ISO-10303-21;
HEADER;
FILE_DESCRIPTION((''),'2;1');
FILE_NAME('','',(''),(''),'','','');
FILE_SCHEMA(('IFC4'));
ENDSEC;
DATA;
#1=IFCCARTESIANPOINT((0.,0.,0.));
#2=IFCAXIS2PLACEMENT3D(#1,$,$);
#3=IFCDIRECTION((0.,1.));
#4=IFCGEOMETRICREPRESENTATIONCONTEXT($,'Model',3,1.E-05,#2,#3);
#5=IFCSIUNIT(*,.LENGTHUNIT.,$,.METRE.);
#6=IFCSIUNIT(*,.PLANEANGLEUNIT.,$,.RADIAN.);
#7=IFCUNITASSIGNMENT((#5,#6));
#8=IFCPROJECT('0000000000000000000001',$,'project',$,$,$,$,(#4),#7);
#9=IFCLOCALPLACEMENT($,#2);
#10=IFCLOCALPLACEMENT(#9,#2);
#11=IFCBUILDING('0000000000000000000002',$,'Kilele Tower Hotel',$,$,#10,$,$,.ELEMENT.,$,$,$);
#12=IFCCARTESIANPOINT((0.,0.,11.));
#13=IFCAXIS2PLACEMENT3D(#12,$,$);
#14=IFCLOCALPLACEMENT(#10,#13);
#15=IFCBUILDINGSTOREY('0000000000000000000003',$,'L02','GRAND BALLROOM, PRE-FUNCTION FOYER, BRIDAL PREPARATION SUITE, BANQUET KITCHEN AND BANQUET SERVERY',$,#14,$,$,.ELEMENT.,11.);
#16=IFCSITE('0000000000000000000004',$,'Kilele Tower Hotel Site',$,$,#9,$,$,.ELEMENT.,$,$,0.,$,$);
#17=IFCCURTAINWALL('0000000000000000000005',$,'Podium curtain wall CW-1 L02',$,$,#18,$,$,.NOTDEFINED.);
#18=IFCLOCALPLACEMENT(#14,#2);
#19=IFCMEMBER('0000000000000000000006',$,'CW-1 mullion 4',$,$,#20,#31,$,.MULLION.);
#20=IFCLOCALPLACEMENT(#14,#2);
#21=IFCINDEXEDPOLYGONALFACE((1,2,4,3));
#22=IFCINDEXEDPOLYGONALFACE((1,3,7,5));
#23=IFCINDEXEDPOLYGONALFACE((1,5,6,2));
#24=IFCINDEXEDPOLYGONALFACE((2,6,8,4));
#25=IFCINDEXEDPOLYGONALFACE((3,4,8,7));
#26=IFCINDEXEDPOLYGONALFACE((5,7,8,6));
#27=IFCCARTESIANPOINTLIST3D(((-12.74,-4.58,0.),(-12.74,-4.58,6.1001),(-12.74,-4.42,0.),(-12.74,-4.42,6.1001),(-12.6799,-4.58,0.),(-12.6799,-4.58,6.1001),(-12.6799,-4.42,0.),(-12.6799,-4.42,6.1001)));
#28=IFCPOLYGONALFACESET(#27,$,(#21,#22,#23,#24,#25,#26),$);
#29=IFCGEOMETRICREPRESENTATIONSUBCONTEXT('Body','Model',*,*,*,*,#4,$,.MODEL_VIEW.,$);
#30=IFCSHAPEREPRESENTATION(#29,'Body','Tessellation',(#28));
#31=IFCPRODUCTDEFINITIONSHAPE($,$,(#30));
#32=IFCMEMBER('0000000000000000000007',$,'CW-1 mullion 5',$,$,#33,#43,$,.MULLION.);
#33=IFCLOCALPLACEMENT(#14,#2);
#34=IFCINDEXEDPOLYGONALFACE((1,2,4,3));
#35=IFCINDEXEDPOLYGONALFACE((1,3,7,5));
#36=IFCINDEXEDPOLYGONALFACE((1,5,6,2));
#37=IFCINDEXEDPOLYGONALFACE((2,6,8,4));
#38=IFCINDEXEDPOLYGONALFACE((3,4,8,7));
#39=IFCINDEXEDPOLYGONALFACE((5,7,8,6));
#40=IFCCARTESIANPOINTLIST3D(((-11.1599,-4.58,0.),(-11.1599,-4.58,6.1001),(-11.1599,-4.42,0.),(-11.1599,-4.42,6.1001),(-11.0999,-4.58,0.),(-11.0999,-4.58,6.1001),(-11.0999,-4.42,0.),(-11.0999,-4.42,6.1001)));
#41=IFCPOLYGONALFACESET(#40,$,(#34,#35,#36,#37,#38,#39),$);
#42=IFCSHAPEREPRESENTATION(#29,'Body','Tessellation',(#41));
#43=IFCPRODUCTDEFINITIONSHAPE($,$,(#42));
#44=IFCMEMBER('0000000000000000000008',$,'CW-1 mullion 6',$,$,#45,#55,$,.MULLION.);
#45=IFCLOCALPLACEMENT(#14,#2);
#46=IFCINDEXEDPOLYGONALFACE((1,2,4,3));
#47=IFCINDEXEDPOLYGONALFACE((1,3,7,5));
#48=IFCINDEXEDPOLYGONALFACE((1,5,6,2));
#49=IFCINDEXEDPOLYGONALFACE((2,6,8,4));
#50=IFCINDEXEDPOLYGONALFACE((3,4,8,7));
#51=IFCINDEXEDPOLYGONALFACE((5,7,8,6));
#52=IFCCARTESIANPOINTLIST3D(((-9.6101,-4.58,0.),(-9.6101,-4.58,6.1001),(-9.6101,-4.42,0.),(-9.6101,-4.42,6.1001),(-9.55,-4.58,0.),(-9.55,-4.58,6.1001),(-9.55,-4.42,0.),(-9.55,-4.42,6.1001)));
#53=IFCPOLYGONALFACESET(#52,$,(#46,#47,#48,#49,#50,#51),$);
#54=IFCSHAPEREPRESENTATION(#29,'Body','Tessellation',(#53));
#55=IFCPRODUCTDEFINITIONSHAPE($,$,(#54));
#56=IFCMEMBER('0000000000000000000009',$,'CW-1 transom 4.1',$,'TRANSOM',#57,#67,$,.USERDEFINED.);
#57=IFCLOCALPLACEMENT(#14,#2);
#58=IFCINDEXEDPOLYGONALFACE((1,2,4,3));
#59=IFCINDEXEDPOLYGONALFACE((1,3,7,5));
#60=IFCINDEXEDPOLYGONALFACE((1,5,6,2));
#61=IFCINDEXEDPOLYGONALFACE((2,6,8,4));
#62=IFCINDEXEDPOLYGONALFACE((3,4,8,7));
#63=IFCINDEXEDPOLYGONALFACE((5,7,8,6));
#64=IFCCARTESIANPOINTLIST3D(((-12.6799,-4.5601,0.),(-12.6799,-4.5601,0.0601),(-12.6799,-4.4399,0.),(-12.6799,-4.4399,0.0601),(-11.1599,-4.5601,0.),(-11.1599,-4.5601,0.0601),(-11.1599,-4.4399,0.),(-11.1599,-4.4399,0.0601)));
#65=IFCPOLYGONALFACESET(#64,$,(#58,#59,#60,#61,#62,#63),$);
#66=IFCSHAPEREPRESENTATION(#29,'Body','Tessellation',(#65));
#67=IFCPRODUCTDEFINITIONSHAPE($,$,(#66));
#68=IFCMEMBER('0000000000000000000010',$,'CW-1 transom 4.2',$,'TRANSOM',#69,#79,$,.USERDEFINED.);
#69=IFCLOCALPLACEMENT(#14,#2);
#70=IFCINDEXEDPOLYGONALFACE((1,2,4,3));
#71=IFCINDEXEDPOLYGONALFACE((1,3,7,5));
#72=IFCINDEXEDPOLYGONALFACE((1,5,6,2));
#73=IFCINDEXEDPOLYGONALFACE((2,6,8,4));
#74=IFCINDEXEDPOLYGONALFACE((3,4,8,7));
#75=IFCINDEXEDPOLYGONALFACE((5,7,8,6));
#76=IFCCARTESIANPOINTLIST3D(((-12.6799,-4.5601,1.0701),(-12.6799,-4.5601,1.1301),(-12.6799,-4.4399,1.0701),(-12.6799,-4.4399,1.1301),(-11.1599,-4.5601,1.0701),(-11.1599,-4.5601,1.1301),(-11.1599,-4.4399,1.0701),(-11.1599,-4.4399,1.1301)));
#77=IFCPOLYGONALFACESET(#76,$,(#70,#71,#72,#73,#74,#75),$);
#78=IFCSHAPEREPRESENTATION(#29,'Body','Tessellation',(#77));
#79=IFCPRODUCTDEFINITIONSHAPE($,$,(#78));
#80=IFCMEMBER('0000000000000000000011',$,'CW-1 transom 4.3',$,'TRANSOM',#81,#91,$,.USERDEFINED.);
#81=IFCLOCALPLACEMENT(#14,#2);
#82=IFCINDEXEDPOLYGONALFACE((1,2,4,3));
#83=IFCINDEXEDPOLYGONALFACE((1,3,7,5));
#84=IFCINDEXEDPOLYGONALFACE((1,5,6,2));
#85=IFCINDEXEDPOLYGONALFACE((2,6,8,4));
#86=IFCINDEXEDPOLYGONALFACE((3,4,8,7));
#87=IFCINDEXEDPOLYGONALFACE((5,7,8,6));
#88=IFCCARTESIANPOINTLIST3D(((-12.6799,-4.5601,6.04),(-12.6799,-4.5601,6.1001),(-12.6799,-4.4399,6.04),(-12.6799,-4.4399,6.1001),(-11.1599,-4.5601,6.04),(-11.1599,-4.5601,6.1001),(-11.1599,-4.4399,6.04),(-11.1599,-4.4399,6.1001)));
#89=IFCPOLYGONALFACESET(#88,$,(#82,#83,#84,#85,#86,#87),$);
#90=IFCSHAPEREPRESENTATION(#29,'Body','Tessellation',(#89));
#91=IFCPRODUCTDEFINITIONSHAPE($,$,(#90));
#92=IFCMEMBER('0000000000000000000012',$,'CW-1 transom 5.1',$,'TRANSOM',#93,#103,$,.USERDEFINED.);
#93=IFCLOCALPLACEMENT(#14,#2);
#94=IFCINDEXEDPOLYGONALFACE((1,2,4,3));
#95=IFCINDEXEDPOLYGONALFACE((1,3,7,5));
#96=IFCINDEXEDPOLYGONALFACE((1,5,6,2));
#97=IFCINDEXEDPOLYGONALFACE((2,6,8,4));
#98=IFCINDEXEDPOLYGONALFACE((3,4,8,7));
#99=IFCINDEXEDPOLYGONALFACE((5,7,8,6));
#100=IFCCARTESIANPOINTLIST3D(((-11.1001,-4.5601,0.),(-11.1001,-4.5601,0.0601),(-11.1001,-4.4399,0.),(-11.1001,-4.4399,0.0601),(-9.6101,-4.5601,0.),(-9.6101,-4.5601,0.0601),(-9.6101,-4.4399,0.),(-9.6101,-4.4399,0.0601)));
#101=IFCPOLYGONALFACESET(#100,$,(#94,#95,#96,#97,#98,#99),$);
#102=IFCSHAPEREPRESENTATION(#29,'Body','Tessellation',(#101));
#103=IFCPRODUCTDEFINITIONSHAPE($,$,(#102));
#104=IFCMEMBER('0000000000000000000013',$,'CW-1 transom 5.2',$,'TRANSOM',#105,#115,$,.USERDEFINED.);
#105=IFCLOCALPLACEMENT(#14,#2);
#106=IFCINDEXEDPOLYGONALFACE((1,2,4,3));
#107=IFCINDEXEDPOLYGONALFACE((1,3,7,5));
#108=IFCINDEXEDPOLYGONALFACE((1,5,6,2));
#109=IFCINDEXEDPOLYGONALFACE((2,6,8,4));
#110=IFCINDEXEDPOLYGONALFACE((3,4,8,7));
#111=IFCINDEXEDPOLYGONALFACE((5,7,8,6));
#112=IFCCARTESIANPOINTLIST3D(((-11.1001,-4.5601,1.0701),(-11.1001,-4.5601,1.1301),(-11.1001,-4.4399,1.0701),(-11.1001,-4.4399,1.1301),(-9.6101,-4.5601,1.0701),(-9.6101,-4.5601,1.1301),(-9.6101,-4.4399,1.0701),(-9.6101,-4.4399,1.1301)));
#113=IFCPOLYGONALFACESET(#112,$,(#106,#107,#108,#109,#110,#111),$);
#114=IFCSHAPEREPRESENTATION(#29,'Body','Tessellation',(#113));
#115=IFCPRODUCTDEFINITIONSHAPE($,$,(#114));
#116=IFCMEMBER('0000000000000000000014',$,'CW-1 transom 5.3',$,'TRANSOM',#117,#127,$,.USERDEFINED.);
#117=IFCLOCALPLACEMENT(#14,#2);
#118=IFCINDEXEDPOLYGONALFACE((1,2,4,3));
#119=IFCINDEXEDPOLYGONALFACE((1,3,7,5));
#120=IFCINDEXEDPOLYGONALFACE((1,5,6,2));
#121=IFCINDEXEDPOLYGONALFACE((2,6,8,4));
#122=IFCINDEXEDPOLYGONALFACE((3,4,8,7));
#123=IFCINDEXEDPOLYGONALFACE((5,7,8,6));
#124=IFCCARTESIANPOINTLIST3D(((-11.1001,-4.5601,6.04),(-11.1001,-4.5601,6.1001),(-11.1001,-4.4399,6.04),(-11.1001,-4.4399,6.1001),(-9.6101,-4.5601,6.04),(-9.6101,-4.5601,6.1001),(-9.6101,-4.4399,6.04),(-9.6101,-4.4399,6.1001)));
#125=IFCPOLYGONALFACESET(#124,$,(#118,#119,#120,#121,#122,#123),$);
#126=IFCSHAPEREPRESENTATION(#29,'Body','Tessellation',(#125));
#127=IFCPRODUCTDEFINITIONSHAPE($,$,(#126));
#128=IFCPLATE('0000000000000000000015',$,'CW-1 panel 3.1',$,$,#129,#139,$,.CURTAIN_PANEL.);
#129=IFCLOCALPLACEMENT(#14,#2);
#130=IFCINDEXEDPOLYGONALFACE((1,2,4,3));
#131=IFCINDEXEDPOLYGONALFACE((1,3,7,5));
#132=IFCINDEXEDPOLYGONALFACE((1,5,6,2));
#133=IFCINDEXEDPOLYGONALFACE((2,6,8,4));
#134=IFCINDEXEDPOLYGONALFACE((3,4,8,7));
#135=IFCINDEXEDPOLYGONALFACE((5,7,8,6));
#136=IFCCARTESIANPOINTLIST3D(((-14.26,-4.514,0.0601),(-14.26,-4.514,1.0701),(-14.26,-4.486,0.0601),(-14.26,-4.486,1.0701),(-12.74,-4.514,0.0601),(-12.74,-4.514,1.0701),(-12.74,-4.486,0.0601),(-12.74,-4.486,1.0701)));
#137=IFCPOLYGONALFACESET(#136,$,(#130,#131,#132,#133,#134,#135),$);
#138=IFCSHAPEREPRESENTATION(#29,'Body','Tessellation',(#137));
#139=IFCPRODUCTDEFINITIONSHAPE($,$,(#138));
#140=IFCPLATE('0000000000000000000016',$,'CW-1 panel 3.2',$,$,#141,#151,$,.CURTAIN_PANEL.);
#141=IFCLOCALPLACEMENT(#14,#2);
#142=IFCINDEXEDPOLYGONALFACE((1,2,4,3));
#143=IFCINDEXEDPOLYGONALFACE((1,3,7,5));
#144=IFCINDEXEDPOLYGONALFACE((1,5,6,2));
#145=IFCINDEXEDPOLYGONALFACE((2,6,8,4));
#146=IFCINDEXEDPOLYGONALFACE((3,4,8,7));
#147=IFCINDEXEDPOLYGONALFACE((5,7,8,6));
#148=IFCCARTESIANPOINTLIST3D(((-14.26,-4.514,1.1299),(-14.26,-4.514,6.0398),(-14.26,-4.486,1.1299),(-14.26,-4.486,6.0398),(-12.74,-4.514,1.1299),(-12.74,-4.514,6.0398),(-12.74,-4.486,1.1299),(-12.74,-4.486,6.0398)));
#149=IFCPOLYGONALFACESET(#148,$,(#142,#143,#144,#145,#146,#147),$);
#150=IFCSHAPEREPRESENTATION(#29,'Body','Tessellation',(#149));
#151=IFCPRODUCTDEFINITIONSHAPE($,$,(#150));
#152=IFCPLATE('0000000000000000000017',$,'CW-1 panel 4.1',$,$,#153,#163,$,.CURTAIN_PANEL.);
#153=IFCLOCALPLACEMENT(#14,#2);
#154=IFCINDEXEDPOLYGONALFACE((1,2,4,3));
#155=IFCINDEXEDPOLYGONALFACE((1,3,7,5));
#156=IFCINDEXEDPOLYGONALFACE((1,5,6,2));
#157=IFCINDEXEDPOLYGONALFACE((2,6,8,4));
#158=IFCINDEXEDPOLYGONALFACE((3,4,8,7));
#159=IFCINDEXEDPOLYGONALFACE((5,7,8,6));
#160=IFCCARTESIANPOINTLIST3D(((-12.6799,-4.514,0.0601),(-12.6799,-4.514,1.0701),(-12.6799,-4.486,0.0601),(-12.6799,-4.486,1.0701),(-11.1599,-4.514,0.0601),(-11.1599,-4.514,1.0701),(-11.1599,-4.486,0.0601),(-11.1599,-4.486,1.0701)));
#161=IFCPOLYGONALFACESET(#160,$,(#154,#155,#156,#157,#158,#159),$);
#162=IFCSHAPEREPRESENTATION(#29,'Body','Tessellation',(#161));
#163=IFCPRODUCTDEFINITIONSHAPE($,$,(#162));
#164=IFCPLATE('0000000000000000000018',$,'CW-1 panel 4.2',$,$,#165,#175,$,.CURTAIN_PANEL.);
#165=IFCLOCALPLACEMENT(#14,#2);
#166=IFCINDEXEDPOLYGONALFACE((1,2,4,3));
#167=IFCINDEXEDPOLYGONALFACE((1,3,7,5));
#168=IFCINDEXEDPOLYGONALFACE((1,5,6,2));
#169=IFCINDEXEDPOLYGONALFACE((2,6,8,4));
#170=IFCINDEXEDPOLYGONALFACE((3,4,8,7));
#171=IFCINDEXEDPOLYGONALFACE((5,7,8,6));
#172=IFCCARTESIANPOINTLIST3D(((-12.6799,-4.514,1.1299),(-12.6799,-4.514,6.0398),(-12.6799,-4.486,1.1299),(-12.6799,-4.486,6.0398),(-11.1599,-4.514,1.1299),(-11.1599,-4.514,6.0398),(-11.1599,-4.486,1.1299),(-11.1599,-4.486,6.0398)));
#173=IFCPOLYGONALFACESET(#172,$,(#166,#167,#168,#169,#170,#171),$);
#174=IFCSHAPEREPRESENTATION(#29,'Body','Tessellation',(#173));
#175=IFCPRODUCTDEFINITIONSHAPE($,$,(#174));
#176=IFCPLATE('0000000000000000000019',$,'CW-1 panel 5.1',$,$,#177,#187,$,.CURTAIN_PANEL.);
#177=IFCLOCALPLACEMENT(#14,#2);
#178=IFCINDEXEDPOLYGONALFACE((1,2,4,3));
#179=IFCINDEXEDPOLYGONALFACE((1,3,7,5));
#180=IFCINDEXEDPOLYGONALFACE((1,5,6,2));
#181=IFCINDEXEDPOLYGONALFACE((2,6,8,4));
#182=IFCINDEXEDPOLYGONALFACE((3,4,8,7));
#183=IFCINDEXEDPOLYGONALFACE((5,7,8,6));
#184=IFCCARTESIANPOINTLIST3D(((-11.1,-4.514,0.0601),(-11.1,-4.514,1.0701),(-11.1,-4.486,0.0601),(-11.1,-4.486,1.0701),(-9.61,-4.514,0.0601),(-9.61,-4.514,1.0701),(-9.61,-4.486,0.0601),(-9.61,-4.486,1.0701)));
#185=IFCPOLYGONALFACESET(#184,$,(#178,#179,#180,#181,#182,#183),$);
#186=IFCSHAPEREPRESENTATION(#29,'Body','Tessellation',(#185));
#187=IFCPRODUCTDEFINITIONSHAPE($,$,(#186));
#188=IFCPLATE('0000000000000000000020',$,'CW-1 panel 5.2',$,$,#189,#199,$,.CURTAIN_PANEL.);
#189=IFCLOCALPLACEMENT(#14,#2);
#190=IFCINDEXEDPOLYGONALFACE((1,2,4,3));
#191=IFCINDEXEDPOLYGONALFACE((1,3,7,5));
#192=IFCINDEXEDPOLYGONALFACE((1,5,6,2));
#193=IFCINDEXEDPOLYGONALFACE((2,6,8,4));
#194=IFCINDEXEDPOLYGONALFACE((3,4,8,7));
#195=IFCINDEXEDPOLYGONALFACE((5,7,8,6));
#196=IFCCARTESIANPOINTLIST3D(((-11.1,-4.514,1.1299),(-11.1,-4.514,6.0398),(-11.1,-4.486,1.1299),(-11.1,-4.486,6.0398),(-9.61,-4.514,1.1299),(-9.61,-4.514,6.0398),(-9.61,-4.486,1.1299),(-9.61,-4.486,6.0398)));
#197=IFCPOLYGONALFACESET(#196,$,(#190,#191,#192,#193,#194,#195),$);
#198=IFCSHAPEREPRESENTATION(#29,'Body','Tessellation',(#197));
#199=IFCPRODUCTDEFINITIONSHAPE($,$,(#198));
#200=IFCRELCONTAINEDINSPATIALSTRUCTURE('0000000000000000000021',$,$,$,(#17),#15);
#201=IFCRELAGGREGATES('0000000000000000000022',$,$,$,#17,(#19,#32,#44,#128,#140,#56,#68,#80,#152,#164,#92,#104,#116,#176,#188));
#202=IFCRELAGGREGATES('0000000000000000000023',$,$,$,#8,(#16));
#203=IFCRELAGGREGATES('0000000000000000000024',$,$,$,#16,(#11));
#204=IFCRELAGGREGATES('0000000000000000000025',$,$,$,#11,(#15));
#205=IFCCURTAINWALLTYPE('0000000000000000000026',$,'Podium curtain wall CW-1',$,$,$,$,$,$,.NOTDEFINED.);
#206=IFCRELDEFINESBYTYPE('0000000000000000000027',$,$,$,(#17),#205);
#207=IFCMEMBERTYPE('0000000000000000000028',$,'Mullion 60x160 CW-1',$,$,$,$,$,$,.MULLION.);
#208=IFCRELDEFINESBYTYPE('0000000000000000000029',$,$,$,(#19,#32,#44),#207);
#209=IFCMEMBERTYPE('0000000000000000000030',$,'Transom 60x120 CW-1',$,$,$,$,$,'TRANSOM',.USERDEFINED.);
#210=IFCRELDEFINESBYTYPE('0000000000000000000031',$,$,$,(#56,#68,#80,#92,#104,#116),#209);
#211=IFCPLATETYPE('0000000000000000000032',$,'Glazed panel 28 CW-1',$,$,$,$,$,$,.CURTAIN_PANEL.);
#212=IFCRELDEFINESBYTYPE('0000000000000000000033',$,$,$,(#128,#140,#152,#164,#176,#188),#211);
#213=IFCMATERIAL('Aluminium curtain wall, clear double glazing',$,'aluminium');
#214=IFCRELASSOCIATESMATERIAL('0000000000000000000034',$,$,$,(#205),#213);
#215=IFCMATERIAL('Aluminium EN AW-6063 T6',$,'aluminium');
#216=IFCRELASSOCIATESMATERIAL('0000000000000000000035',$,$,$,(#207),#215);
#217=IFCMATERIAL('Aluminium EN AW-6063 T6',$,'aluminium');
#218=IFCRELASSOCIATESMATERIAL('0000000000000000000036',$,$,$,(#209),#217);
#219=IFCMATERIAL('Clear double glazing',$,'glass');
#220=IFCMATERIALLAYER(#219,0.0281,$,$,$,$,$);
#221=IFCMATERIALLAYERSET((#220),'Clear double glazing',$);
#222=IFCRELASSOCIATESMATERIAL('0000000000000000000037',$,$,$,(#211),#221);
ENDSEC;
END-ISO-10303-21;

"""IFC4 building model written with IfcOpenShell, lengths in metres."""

from ifc_helpers import new_model, si_unit, direction, frame, origin, origin_2d, place, context, subcontext, project, spatial, rectangle, extrude, material, layer, layer_set, material_profile, profile_set, type_object, element, aggregate, save


model = new_model("IFC4")

# Units and contexts
model_context = context("Model", 3, precision=1e-05, world=origin(), true_north=direction((0.0, 1.0)))
body_context = subcontext(model_context, "Body", "Model", "MODEL_VIEW")
ifc_project = project(units=[si_unit("LENGTHUNIT", "METRE"), si_unit("PLANEANGLEUNIT", "RADIAN")], contexts=[model_context])

# Site, building, storey
site_placement = place(None, origin())
site = spatial("IfcSite", under=ifc_project, at=site_placement, Name="Kilele Tower Hotel Site", CompositionType="ELEMENT", RefElevation=0.0)
building_placement = place(site_placement, origin())
building = spatial("IfcBuilding", under=site, at=building_placement, Name="Kilele Tower Hotel", CompositionType="ELEMENT")
storey_placement = place(building_placement, frame((0.0, 0.0, 11.0)))
storey = spatial("IfcBuildingStorey", under=building, at=storey_placement, Name="L02", Description="GRAND BALLROOM, PRE-FUNCTION FOYER, BRIDAL PREPARATION SUITE, BANQUET KITCHEN AND BANQUET SERVERY", CompositionType="ELEMENT", Elevation=11.0)

# Curtain wall, members, plates
ifc_material_1 = material(Name="Aluminium curtain wall, clear double glazing", Category="aluminium")
curtain_wall_type = type_object("IfcCurtainWallType", Name="Podium curtain wall CW-1", PredefinedType="NOTDEFINED", material=ifc_material_1)
curtain_wall_placement = place(storey_placement, origin())
curtain_wall = element("IfcCurtainWall", 1, at=curtain_wall_placement, inside=storey, type_object=curtain_wall_type, Name="Podium curtain wall CW-1 L02", PredefinedType="NOTDEFINED")
ifc_material_2 = material(Name="Aluminium EN AW-6063 T6", Category="aluminium")
ifc_material_profile_1 = material_profile(ifc_material_2, rectangle(XDim=0.1599, YDim=0.0601, at=origin_2d()))
ifc_profile_set_1 = profile_set([ifc_material_profile_1], Name="Aluminium EN AW-6063 T6")
member_type_1 = type_object("IfcMemberType", Name="Mullion 60x160 CW-1", PredefinedType="MULLION", material=ifc_profile_set_1)
member_1_placement = place(storey_placement, frame((-12.71, -4.5, 0.0), z_axis=(0.0, 0.0, 1.0), x_axis=(0.0, 1.0, 0.0)))
member_1 = element("IfcMember", 2, at=member_1_placement, type_object=member_type_1, Name="CW-1 mullion 4", PredefinedType="MULLION", context=body_context, shape_type="SweptSolid", body=[
    extrude(rectangle(XDim=0.1599, YDim=0.0601, at=origin_2d()), origin(), (0.0, 0.0, 1.0), 6.1001),
])
member_2_placement = place(storey_placement, frame((-11.1299, -4.5, 0.0), z_axis=(0.0, 0.0, 1.0), x_axis=(0.0, 1.0, 0.0)))
member_2 = element("IfcMember", 3, at=member_2_placement, type_object=member_type_1, Name="CW-1 mullion 5", PredefinedType="MULLION", context=body_context, shape_type="SweptSolid", body=[
    extrude(rectangle(XDim=0.1599, YDim=0.0601, at=origin_2d()), origin(), (0.0, 0.0, 1.0), 6.1001),
])
member_3_placement = place(storey_placement, frame((-9.5801, -4.5, 0.0), z_axis=(0.0, 0.0, 1.0), x_axis=(0.0, 1.0, 0.0)))
member_3 = element("IfcMember", 4, at=member_3_placement, type_object=member_type_1, Name="CW-1 mullion 6", PredefinedType="MULLION", context=body_context, shape_type="SweptSolid", body=[
    extrude(rectangle(XDim=0.1599, YDim=0.0601, at=origin_2d()), origin(), (0.0, 0.0, 1.0), 6.1001),
])
ifc_material_3 = material(Name="Aluminium EN AW-6063 T6", Category="aluminium")
ifc_material_profile_2 = material_profile(ifc_material_3, rectangle(XDim=0.1201, YDim=0.0601, at=origin_2d()))
ifc_profile_set_2 = profile_set([ifc_material_profile_2], Name="Aluminium EN AW-6063 T6")
member_type_2 = type_object("IfcMemberType", Name="Transom 60x120 CW-1", ElementType="TRANSOM", PredefinedType="USERDEFINED", material=ifc_profile_set_2)
member_4_placement = place(storey_placement, frame((-12.6799, -4.5, 0.03), z_axis=(1.0, 0.0, 0.0), x_axis=(0.0, 1.0, 0.0)))
member_4 = element("IfcMember", 5, at=member_4_placement, type_object=member_type_2, Name="CW-1 transom 4.1", ObjectType="TRANSOM", PredefinedType="USERDEFINED", context=body_context, shape_type="SweptSolid", body=[
    extrude(rectangle(XDim=0.1201, YDim=0.0601, at=origin_2d()), origin(), (0.0, 0.0, 1.0), 1.52),
])
member_5_placement = place(storey_placement, frame((-12.6799, -4.5, 1.1001), z_axis=(1.0, 0.0, 0.0), x_axis=(0.0, 1.0, 0.0)))
member_5 = element("IfcMember", 6, at=member_5_placement, type_object=member_type_2, Name="CW-1 transom 4.2", ObjectType="TRANSOM", PredefinedType="USERDEFINED", context=body_context, shape_type="SweptSolid", body=[
    extrude(rectangle(XDim=0.1201, YDim=0.0601, at=origin_2d()), origin(), (0.0, 0.0, 1.0), 1.52),
])
member_6_placement = place(storey_placement, frame((-12.6799, -4.5, 6.0701), z_axis=(1.0, 0.0, 0.0), x_axis=(0.0, 1.0, 0.0)))
member_6 = element("IfcMember", 7, at=member_6_placement, type_object=member_type_2, Name="CW-1 transom 4.3", ObjectType="TRANSOM", PredefinedType="USERDEFINED", context=body_context, shape_type="SweptSolid", body=[
    extrude(rectangle(XDim=0.1201, YDim=0.0601, at=origin_2d()), origin(), (0.0, 0.0, 1.0), 1.52),
])
member_7_placement = place(storey_placement, frame((-11.1001, -4.5, 0.03), z_axis=(1.0, 0.0, 0.0), x_axis=(0.0, 1.0, 0.0)))
member_7 = element("IfcMember", 8, at=member_7_placement, type_object=member_type_2, Name="CW-1 transom 5.1", ObjectType="TRANSOM", PredefinedType="USERDEFINED", context=body_context, shape_type="SweptSolid", body=[
    extrude(rectangle(XDim=0.1201, YDim=0.0601, at=origin_2d()), origin(), (0.0, 0.0, 1.0), 1.49),
])
member_8_placement = place(storey_placement, frame((-11.1001, -4.5, 1.1001), z_axis=(1.0, 0.0, 0.0), x_axis=(0.0, 1.0, 0.0)))
member_8 = element("IfcMember", 9, at=member_8_placement, type_object=member_type_2, Name="CW-1 transom 5.2", ObjectType="TRANSOM", PredefinedType="USERDEFINED", context=body_context, shape_type="SweptSolid", body=[
    extrude(rectangle(XDim=0.1201, YDim=0.0601, at=origin_2d()), origin(), (0.0, 0.0, 1.0), 1.49),
])
member_9_placement = place(storey_placement, frame((-11.1001, -4.5, 6.0701), z_axis=(1.0, 0.0, 0.0), x_axis=(0.0, 1.0, 0.0)))
member_9 = element("IfcMember", 10, at=member_9_placement, type_object=member_type_2, Name="CW-1 transom 5.3", ObjectType="TRANSOM", PredefinedType="USERDEFINED", context=body_context, shape_type="SweptSolid", body=[
    extrude(rectangle(XDim=0.1201, YDim=0.0601, at=origin_2d()), origin(), (0.0, 0.0, 1.0), 1.49),
])
ifc_material_4 = material(Name="Clear double glazing", Category="glass")
ifc_layer = layer(ifc_material_4, 0.0281)
ifc_layer_set = layer_set([ifc_layer], Name="Clear double glazing")
plate_type = type_object("IfcPlateType", Name="Glazed panel 28 CW-1", PredefinedType="CURTAIN_PANEL", material=ifc_layer_set)
plate_1_placement = place(storey_placement, frame((-13.5, -4.5, 0.0601), z_axis=(0.0, 0.0, 1.0), x_axis=(1.0, 0.0, 0.0)))
plate_1 = element("IfcPlate", 11, at=plate_1_placement, type_object=plate_type, Name="CW-1 panel 3.1", PredefinedType="CURTAIN_PANEL", context=body_context, shape_type="SweptSolid", body=[
    extrude(rectangle(XDim=1.52, YDim=0.0281, at=origin_2d()), origin(), (0.0, 0.0, 1.0), 1.01),
])
plate_2_placement = place(storey_placement, frame((-13.5, -4.5, 1.1299), z_axis=(0.0, 0.0, 1.0), x_axis=(1.0, 0.0, 0.0)))
plate_2 = element("IfcPlate", 12, at=plate_2_placement, type_object=plate_type, Name="CW-1 panel 3.2", PredefinedType="CURTAIN_PANEL", context=body_context, shape_type="SweptSolid", body=[
    extrude(rectangle(XDim=1.52, YDim=0.0281, at=origin_2d()), origin(), (0.0, 0.0, 1.0), 4.9099),
])
plate_3_placement = place(storey_placement, frame((-11.9199, -4.5, 0.0601), z_axis=(0.0, 0.0, 1.0), x_axis=(1.0, 0.0, 0.0)))
plate_3 = element("IfcPlate", 13, at=plate_3_placement, type_object=plate_type, Name="CW-1 panel 4.1", PredefinedType="CURTAIN_PANEL", context=body_context, shape_type="SweptSolid", body=[
    extrude(rectangle(XDim=1.52, YDim=0.0281, at=origin_2d()), origin(), (0.0, 0.0, 1.0), 1.01),
])
plate_4_placement = place(storey_placement, frame((-11.9199, -4.5, 1.1299), z_axis=(0.0, 0.0, 1.0), x_axis=(1.0, 0.0, 0.0)))
plate_4 = element("IfcPlate", 14, at=plate_4_placement, type_object=plate_type, Name="CW-1 panel 4.2", PredefinedType="CURTAIN_PANEL", context=body_context, shape_type="SweptSolid", body=[
    extrude(rectangle(XDim=1.52, YDim=0.0281, at=origin_2d()), origin(), (0.0, 0.0, 1.0), 4.9099),
])
plate_5_placement = place(storey_placement, frame((-10.355, -4.5, 0.0601), z_axis=(0.0, 0.0, 1.0), x_axis=(1.0, 0.0, 0.0)))
plate_5 = element("IfcPlate", 15, at=plate_5_placement, type_object=plate_type, Name="CW-1 panel 5.1", PredefinedType="CURTAIN_PANEL", context=body_context, shape_type="SweptSolid", body=[
    extrude(rectangle(XDim=1.49, YDim=0.0281, at=origin_2d()), origin(), (0.0, 0.0, 1.0), 1.01),
])
plate_6_placement = place(storey_placement, frame((-10.355, -4.5, 1.1299), z_axis=(0.0, 0.0, 1.0), x_axis=(1.0, 0.0, 0.0)))
plate_6 = element("IfcPlate", 16, at=plate_6_placement, type_object=plate_type, Name="CW-1 panel 5.2", PredefinedType="CURTAIN_PANEL", context=body_context, shape_type="SweptSolid", body=[
    extrude(rectangle(XDim=1.49, YDim=0.0281, at=origin_2d()), origin(), (0.0, 0.0, 1.0), 4.9099),
])
aggregate(curtain_wall, [member_1, member_2, member_3, plate_1, plate_2, member_4, member_5, member_6, plate_3, plate_4, member_7, member_8, member_9, plate_5, plate_6])

save(model, "model.ifc")
